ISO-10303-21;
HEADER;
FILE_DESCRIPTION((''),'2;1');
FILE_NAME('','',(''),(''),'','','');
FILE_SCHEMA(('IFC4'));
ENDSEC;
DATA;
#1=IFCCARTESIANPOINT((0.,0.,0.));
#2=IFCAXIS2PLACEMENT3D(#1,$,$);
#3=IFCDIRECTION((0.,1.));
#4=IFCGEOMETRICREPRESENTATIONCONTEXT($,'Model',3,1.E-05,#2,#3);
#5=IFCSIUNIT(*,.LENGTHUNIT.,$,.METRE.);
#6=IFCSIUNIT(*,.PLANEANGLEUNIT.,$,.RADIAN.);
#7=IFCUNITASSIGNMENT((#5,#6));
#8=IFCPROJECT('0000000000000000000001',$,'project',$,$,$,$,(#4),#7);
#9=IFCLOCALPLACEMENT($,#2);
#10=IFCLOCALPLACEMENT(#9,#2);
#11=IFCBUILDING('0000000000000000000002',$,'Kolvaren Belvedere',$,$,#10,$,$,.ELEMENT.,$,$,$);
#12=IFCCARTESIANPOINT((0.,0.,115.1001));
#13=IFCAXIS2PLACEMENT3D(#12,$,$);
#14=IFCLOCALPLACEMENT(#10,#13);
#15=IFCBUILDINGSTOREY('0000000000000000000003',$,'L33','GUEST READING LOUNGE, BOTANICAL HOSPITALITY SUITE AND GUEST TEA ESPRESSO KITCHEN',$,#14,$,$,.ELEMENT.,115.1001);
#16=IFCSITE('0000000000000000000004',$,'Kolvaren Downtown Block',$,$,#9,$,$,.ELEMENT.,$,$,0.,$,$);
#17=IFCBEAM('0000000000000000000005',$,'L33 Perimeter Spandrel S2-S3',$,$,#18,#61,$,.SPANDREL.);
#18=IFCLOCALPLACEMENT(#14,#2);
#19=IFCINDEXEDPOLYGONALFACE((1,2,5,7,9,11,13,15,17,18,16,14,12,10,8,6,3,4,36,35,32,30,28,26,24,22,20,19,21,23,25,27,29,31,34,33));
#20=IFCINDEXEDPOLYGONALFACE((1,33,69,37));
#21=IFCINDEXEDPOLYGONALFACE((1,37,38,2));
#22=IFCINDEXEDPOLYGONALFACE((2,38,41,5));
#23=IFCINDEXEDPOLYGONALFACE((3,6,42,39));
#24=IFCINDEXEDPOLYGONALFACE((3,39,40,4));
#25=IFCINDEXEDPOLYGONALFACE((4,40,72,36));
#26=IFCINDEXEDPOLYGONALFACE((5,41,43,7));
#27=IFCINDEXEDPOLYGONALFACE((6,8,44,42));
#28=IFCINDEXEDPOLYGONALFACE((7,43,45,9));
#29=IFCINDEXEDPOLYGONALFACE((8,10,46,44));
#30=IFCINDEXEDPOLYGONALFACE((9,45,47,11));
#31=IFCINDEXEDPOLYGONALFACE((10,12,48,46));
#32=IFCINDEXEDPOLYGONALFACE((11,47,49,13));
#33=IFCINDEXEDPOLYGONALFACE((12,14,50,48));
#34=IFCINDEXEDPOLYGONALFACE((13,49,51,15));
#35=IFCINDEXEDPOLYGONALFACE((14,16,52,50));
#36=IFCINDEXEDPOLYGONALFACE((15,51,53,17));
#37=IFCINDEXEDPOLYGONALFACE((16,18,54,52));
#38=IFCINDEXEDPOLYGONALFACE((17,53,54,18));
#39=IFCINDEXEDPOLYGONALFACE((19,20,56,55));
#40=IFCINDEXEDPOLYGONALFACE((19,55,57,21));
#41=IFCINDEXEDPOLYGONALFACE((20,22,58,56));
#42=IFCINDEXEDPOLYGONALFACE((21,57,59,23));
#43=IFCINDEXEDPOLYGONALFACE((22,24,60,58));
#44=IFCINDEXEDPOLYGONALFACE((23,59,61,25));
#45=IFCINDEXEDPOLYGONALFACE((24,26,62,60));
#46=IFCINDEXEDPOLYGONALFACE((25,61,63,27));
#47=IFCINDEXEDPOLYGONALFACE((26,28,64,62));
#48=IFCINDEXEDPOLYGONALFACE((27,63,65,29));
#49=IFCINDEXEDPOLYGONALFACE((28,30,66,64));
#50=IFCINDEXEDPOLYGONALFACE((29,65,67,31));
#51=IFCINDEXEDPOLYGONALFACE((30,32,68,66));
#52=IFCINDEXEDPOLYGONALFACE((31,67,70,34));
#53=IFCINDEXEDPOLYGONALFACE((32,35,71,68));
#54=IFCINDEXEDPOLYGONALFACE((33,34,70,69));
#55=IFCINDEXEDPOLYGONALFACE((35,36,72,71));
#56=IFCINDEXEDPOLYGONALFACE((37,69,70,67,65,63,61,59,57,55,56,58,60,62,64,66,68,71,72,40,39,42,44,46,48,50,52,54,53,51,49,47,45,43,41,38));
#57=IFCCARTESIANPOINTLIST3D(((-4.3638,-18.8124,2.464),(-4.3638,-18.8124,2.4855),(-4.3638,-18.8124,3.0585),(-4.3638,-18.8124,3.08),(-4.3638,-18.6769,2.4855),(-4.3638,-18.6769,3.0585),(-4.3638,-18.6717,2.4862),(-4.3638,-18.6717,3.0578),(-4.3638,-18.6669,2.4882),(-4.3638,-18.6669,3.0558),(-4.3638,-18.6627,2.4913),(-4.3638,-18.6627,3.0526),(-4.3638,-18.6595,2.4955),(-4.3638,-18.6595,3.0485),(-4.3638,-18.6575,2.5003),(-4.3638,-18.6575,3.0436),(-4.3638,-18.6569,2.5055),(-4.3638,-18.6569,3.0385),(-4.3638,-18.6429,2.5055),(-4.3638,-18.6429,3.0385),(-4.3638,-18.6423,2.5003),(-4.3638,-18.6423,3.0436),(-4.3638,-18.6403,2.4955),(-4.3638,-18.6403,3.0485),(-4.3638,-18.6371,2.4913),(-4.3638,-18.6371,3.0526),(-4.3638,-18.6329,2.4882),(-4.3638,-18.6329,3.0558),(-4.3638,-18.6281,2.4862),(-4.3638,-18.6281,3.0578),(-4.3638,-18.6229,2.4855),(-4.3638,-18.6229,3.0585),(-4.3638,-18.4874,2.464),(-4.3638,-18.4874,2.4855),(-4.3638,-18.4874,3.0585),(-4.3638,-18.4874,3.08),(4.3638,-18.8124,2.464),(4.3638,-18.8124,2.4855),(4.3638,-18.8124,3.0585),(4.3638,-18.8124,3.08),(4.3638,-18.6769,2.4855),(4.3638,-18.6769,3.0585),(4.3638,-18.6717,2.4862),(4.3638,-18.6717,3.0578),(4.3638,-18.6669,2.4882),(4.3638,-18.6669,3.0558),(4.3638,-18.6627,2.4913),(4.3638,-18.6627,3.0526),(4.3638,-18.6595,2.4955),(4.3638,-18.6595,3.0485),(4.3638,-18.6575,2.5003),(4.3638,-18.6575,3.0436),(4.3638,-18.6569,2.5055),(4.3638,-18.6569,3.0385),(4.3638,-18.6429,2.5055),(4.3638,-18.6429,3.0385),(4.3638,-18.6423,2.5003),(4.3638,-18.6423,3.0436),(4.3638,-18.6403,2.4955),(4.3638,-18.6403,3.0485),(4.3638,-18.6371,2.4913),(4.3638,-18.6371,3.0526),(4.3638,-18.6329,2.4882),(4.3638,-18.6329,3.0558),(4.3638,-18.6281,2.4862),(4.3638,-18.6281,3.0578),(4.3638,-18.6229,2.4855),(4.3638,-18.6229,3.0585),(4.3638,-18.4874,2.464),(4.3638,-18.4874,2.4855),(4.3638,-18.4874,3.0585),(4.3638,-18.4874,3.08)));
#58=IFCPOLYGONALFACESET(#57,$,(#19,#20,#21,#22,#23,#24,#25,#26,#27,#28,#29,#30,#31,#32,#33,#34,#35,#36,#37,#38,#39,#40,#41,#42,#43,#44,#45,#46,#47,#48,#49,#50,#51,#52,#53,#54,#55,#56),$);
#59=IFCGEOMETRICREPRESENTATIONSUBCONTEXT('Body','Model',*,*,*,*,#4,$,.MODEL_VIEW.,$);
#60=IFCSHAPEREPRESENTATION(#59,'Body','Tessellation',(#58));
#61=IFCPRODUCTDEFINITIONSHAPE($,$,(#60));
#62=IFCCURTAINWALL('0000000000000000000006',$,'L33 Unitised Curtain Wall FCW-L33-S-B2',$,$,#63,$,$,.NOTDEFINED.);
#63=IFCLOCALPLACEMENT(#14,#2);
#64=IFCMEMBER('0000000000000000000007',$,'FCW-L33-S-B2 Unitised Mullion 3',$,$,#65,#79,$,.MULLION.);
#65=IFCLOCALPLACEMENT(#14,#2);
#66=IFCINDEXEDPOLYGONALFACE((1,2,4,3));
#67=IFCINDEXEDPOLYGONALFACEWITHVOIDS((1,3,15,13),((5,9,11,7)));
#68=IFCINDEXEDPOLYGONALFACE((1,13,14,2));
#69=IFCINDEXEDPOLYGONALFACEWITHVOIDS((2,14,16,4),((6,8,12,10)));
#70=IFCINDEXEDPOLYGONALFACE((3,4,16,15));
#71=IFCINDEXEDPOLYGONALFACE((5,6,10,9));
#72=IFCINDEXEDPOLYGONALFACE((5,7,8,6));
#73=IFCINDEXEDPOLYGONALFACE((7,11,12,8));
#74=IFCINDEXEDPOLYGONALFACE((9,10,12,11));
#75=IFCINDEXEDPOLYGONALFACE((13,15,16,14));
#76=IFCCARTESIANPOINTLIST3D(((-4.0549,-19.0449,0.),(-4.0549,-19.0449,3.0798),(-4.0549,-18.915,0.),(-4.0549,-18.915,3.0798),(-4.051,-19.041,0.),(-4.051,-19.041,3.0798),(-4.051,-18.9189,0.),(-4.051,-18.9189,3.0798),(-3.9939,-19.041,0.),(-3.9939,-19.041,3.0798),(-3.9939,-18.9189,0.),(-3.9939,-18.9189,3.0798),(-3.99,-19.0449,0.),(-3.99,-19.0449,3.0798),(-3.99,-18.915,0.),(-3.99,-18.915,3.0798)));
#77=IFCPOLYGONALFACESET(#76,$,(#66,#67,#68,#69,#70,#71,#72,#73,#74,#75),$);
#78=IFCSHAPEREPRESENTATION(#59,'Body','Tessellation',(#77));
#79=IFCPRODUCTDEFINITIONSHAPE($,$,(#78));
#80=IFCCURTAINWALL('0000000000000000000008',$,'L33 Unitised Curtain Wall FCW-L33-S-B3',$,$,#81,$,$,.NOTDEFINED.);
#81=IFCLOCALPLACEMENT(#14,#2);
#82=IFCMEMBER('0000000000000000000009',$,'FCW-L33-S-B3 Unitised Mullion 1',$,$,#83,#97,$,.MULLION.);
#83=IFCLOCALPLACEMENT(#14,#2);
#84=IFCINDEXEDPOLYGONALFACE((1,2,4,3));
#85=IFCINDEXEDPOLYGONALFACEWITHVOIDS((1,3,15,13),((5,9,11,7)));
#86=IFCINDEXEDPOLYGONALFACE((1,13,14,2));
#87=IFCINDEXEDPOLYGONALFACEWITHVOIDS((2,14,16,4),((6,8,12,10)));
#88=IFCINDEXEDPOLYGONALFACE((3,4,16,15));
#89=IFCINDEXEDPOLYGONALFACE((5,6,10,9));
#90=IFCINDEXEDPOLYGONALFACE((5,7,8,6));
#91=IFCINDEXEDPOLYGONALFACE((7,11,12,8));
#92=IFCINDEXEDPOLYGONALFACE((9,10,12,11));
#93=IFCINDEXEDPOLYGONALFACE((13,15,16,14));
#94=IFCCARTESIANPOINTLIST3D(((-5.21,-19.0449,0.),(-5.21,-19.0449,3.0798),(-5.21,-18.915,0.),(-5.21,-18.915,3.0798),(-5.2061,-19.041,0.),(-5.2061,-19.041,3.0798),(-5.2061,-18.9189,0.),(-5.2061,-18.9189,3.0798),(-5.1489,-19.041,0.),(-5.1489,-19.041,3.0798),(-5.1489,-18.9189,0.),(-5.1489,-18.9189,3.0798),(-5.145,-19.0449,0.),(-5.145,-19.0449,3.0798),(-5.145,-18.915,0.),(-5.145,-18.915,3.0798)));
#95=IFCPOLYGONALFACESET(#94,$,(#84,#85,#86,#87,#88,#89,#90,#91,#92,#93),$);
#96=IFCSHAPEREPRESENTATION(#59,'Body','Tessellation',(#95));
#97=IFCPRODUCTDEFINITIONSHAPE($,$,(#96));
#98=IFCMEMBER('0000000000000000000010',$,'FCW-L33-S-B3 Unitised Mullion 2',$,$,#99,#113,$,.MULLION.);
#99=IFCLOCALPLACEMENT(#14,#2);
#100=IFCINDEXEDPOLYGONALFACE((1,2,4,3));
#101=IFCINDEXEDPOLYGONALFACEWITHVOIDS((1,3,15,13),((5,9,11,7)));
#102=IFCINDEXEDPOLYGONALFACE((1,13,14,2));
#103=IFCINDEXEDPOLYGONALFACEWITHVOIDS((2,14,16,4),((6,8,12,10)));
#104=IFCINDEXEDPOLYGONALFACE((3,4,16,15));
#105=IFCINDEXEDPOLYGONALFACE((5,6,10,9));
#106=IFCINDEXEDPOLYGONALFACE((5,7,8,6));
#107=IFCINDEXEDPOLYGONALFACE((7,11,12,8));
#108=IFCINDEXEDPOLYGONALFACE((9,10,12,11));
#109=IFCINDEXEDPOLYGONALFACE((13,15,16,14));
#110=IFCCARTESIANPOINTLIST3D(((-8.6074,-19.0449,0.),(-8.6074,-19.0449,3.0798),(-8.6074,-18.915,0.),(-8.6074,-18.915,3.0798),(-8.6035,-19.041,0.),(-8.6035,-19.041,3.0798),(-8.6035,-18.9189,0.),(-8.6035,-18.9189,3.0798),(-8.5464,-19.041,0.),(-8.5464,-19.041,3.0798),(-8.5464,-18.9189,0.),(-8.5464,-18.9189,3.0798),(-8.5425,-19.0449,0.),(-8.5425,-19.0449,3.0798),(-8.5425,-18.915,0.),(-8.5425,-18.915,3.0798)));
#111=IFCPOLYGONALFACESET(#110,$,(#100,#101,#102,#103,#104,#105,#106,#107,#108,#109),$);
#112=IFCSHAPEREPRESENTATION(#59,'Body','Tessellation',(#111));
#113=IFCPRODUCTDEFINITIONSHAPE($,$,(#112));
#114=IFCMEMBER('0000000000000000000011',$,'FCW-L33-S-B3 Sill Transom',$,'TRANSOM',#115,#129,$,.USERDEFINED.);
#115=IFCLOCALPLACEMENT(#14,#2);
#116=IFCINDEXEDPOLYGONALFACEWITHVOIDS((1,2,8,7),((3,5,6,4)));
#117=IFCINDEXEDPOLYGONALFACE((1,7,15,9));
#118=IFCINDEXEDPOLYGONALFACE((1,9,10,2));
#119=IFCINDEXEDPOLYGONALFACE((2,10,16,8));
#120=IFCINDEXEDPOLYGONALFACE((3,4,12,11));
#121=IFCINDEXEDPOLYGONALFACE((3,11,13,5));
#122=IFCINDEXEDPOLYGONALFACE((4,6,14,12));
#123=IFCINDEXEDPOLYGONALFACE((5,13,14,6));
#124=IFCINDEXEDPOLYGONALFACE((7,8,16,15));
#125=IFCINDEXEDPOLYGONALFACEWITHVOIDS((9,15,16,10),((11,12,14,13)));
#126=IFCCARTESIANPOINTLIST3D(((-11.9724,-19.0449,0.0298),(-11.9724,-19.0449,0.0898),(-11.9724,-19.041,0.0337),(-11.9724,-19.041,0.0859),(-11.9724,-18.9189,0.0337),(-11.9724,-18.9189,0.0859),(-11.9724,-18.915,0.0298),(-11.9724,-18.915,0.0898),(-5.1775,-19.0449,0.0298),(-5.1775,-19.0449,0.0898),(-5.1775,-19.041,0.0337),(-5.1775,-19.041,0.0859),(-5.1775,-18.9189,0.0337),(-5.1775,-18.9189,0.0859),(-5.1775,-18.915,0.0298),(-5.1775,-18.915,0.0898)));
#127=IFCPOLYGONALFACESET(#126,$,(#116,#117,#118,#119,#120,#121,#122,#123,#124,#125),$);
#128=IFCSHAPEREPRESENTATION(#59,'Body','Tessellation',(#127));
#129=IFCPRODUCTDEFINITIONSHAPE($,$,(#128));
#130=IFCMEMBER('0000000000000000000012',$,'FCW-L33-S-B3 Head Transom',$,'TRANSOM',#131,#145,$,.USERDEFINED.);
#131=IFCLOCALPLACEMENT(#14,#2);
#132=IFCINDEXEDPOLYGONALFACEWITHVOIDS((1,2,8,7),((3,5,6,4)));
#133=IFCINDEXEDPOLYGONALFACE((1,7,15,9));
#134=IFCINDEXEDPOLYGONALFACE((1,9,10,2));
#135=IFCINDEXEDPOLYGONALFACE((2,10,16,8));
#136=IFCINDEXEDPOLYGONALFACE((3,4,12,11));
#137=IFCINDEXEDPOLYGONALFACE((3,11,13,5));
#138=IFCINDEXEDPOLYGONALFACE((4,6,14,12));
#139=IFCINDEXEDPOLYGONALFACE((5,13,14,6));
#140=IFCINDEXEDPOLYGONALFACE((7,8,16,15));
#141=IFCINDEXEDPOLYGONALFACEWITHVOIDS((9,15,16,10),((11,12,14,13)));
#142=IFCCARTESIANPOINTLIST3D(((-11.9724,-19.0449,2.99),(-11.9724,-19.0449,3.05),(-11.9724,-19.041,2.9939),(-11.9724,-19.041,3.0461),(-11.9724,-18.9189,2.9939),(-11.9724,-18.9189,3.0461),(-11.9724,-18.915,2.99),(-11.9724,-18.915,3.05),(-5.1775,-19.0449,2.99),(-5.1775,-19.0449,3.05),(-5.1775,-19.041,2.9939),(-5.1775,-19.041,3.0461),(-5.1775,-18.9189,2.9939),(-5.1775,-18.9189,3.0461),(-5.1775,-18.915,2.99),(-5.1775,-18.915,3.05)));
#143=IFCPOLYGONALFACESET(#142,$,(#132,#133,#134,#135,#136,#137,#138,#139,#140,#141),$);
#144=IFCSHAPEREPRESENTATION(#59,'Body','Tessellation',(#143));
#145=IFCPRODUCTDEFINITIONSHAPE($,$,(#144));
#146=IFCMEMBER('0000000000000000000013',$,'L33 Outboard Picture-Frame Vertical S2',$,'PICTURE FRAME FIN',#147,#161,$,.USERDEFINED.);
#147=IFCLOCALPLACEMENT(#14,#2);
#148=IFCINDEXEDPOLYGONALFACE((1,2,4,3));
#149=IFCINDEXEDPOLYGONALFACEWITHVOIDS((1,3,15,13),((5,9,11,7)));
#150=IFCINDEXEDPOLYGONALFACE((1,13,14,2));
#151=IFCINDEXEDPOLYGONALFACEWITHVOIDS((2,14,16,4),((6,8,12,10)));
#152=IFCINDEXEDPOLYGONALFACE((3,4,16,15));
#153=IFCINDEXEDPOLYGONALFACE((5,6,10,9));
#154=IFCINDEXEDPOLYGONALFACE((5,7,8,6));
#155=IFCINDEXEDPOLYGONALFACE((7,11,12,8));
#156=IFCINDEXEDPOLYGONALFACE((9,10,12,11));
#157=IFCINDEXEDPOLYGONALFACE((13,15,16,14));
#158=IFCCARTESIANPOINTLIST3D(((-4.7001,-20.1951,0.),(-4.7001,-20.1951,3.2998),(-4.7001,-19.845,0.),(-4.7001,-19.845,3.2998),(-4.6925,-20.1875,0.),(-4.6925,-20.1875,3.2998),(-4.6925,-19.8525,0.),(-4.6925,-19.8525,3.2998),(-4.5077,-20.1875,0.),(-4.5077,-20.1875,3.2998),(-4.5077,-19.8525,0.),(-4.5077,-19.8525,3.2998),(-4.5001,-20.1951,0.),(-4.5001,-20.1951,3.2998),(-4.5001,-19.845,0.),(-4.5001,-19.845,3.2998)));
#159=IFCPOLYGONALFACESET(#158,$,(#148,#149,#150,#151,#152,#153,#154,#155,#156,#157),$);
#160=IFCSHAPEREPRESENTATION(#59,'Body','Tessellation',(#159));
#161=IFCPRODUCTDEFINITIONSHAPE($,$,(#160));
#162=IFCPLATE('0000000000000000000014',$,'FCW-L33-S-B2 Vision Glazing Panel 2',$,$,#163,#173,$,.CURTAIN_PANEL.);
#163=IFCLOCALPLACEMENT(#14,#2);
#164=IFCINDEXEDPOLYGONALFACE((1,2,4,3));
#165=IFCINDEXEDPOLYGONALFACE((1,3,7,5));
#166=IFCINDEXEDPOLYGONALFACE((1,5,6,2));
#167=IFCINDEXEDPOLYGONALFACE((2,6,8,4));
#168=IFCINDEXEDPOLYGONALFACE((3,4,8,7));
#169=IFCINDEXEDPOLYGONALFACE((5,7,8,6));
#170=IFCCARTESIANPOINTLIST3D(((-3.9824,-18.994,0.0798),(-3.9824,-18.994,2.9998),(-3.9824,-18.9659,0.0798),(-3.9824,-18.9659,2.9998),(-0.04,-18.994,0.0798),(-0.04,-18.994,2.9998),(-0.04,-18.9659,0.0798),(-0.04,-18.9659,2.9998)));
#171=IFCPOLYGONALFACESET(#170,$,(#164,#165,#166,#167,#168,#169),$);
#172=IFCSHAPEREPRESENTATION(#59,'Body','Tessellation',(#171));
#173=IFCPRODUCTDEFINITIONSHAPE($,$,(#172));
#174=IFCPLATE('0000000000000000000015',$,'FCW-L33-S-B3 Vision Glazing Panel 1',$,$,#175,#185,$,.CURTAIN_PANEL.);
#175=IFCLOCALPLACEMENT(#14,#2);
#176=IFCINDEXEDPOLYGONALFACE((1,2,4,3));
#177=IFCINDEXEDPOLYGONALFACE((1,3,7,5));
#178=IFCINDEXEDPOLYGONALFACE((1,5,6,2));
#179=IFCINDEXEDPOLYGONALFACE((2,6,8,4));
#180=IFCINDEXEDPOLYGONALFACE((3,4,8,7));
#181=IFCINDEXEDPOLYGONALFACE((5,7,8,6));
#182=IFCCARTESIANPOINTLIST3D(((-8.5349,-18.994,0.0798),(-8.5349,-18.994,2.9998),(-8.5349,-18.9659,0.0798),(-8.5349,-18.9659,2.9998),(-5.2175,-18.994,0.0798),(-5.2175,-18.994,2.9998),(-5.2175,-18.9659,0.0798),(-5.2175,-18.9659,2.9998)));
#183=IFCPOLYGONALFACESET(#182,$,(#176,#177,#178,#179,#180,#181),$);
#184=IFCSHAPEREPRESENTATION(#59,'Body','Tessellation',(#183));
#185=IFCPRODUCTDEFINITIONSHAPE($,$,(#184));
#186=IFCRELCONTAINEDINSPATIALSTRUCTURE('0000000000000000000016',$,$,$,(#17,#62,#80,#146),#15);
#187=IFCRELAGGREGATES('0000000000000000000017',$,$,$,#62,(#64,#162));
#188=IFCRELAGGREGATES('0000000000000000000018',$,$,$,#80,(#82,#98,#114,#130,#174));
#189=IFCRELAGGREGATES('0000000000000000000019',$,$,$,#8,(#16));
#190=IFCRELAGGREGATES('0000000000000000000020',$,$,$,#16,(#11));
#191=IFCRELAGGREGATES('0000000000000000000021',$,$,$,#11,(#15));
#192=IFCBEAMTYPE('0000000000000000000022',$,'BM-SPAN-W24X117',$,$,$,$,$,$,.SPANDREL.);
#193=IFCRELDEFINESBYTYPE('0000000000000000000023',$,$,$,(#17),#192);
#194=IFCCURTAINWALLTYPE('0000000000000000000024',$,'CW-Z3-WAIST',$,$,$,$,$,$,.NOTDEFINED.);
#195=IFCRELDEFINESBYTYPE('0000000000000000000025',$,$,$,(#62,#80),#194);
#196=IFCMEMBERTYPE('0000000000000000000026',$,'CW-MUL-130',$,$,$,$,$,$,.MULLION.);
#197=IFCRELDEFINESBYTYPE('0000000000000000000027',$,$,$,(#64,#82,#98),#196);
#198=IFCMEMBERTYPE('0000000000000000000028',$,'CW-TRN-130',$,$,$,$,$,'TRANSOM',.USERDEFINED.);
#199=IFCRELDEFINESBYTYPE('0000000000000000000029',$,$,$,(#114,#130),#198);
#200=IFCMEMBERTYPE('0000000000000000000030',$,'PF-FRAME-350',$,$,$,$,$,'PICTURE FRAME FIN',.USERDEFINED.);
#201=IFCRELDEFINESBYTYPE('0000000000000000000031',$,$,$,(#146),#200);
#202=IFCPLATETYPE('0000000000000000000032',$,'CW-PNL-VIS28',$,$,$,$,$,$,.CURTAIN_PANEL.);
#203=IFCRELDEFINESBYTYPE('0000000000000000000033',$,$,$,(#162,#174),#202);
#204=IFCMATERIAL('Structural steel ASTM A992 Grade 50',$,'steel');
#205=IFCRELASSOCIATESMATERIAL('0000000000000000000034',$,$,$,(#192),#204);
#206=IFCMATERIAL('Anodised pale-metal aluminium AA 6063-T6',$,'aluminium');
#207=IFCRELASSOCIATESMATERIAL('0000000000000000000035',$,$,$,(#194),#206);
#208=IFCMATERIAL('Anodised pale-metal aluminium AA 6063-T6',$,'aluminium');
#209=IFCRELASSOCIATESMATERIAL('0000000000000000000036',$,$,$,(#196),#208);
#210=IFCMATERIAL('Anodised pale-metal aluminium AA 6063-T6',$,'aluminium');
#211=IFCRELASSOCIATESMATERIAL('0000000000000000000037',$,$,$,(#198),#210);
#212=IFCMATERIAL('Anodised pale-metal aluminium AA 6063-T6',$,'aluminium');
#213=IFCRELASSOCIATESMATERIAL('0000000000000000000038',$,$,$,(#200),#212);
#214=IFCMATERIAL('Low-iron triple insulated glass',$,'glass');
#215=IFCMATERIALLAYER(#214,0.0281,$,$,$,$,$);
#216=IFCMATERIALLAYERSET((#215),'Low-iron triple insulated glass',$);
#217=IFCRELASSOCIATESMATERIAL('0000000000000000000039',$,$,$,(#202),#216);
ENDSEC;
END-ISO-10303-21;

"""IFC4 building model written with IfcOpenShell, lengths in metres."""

from ifc_helpers import new_model, si_unit, direction, frame, origin, origin_2d, place, context, subcontext, project, spatial, rectangle, hollow_rectangle, i_section, extrude, material, layer, layer_set, material_profile, profile_set, type_object, element, aggregate, save


model = new_model("IFC4")

# Units and contexts
model_context = context("Model", 3, precision=1e-05, world=origin(), true_north=direction((0.0, 1.0)))
body_context = subcontext(model_context, "Body", "Model", "MODEL_VIEW")
ifc_project = project(units=[si_unit("LENGTHUNIT", "METRE"), si_unit("PLANEANGLEUNIT", "RADIAN")], contexts=[model_context])

# Site, building, storey
site_placement = place(None, origin())
site = spatial("IfcSite", under=ifc_project, at=site_placement, Name="Kolvaren Downtown Block", CompositionType="ELEMENT", RefElevation=0.0)
building_placement = place(site_placement, origin())
building = spatial("IfcBuilding", under=site, at=building_placement, Name="Kolvaren Belvedere", CompositionType="ELEMENT")
storey_placement = place(building_placement, frame((0.0, 0.0, 115.1001)))
storey = spatial("IfcBuildingStorey", under=building, at=storey_placement, Name="L33", Description="GUEST READING LOUNGE, BOTANICAL HOSPITALITY SUITE AND GUEST TEA ESPRESSO KITCHEN", CompositionType="ELEMENT", Elevation=115.1001)

# Beam
ifc_material_1 = material(Name="Structural steel ASTM A992 Grade 50", Category="steel")
ifc_material_profile_1 = material_profile(ifc_material_1, i_section(OverallWidth=0.325, OverallDepth=0.616, WebThickness=0.0139, FlangeThickness=0.0215, FilletRadius=0.02, at=origin_2d()), Name="W24X117")
ifc_profile_set_1 = profile_set([ifc_material_profile_1], Name="Structural steel ASTM A992 Grade 50")
beam_type_1 = type_object("IfcBeamType", Name="BM-SPAN-W24X117", PredefinedType="SPANDREL", material=ifc_profile_set_1)
beam_1_placement = place(storey_placement, frame((-4.3638, -18.6499, 2.772), z_axis=(1.0, 0.0, 0.0), x_axis=(0.0, 1.0, 0.0)))
element("IfcBeam", 1, at=beam_1_placement, inside=storey, type_object=beam_type_1, Name="L33 Perimeter Spandrel S2-S3", PredefinedType="SPANDREL", context=body_context, shape_type="SweptSolid", body=[
    extrude(i_section(OverallWidth=0.325, OverallDepth=0.616, WebThickness=0.0139, FlangeThickness=0.0215, FilletRadius=0.02, at=origin_2d()), origin(), (0.0, 0.0, 1.0), 8.7275),
])

# Curtain wall, member
ifc_material_2 = material(Name="Anodised pale-metal aluminium AA 6063-T6", Category="aluminium")
curtain_wall_type = type_object("IfcCurtainWallType", Name="CW-Z3-WAIST", PredefinedType="NOTDEFINED", material=ifc_material_2)
curtain_wall_1_placement = place(storey_placement, origin())
curtain_wall_1 = element("IfcCurtainWall", 2, at=curtain_wall_1_placement, inside=storey, type_object=curtain_wall_type, Name="L33 Unitised Curtain Wall FCW-L33-S-B2", PredefinedType="NOTDEFINED")
ifc_material_3 = material(Name="Anodised pale-metal aluminium AA 6063-T6", Category="aluminium")
ifc_material_profile_2 = material_profile(ifc_material_3, hollow_rectangle(XDim=0.0649, YDim=0.1299, WallThickness=0.0039, at=origin_2d()), Name="ALU-MUL-130X65")
ifc_profile_set_2 = profile_set([ifc_material_profile_2], Name="Anodised pale-metal aluminium AA 6063-T6")
member_type_1 = type_object("IfcMemberType", Name="CW-MUL-130", PredefinedType="MULLION", material=ifc_profile_set_2)
member_1_placement = place(storey_placement, frame((-4.0225, -18.98, 0.0), z_axis=(0.0, 0.0, 1.0), x_axis=(1.0, 0.0, 0.0)))
member_1 = element("IfcMember", 3, at=member_1_placement, type_object=member_type_1, Name="FCW-L33-S-B2 Unitised Mullion 3", PredefinedType="MULLION", context=body_context, shape_type="SweptSolid", body=[
    extrude(hollow_rectangle(XDim=0.0649, YDim=0.1299, WallThickness=0.0039, at=origin_2d()), origin(), (0.0, 0.0, 1.0), 3.0798),
])

# Curtain wall, members
curtain_wall_2_placement = place(storey_placement, origin())
curtain_wall_2 = element("IfcCurtainWall", 4, at=curtain_wall_2_placement, inside=storey, type_object=curtain_wall_type, Name="L33 Unitised Curtain Wall FCW-L33-S-B3", PredefinedType="NOTDEFINED")
member_2_placement = place(storey_placement, frame((-5.1775, -18.98, 0.0), z_axis=(0.0, 0.0, 1.0), x_axis=(1.0, 0.0, 0.0)))
member_2 = element("IfcMember", 5, at=member_2_placement, type_object=member_type_1, Name="FCW-L33-S-B3 Unitised Mullion 1", PredefinedType="MULLION", context=body_context, shape_type="SweptSolid", body=[
    extrude(hollow_rectangle(XDim=0.0649, YDim=0.1299, WallThickness=0.0039, at=origin_2d()), origin(), (0.0, 0.0, 1.0), 3.0798),
])
member_3_placement = place(storey_placement, frame((-8.575, -18.98, 0.0), z_axis=(0.0, 0.0, 1.0), x_axis=(1.0, 0.0, 0.0)))
member_3 = element("IfcMember", 6, at=member_3_placement, type_object=member_type_1, Name="FCW-L33-S-B3 Unitised Mullion 2", PredefinedType="MULLION", context=body_context, shape_type="SweptSolid", body=[
    extrude(hollow_rectangle(XDim=0.0649, YDim=0.1299, WallThickness=0.0039, at=origin_2d()), origin(), (0.0, 0.0, 1.0), 3.0798),
])
ifc_material_4 = material(Name="Anodised pale-metal aluminium AA 6063-T6", Category="aluminium")
ifc_material_profile_3 = material_profile(ifc_material_4, hollow_rectangle(XDim=0.0601, YDim=0.1299, WallThickness=0.0039, at=origin_2d()), Name="ALU-TRN-130X60")
ifc_profile_set_3 = profile_set([ifc_material_profile_3], Name="Anodised pale-metal aluminium AA 6063-T6")
member_type_2 = type_object("IfcMemberType", Name="CW-TRN-130", ElementType="TRANSOM", PredefinedType="USERDEFINED", material=ifc_profile_set_3)
member_4_placement = place(storey_placement, frame((-5.1775, -18.98, 0.0598), z_axis=(-1.0, 0.0, 0.0), x_axis=(0.0, 0.0, 1.0)))
member_4 = element("IfcMember", 7, at=member_4_placement, type_object=member_type_2, Name="FCW-L33-S-B3 Sill Transom", ObjectType="TRANSOM", PredefinedType="USERDEFINED", context=body_context, shape_type="SweptSolid", body=[
    extrude(hollow_rectangle(XDim=0.0601, YDim=0.1299, WallThickness=0.0039, at=origin_2d()), origin(), (0.0, 0.0, 1.0), 6.7949),
])
member_5_placement = place(storey_placement, frame((-5.1775, -18.98, 3.02), z_axis=(-1.0, 0.0, 0.0), x_axis=(0.0, 0.0, 1.0)))
member_5 = element("IfcMember", 8, at=member_5_placement, type_object=member_type_2, Name="FCW-L33-S-B3 Head Transom", ObjectType="TRANSOM", PredefinedType="USERDEFINED", context=body_context, shape_type="SweptSolid", body=[
    extrude(hollow_rectangle(XDim=0.0601, YDim=0.1299, WallThickness=0.0039, at=origin_2d()), origin(), (0.0, 0.0, 1.0), 6.7949),
])

# Member
ifc_material_5 = material(Name="Anodised pale-metal aluminium AA 6063-T6", Category="aluminium")
ifc_material_profile_4 = material_profile(ifc_material_5, hollow_rectangle(XDim=0.2, YDim=0.3501, WallThickness=0.0076, at=origin_2d()), Name="ALU-PF-350X200")
ifc_profile_set_4 = profile_set([ifc_material_profile_4], Name="Anodised pale-metal aluminium AA 6063-T6")
member_type_3 = type_object("IfcMemberType", Name="PF-FRAME-350", ElementType="PICTURE FRAME FIN", PredefinedType="USERDEFINED", material=ifc_profile_set_4)
member_6_placement = place(storey_placement, frame((-4.6001, -20.02, 0.0), z_axis=(0.0, 0.0, 1.0), x_axis=(1.0, 0.0, 0.0)))
element("IfcMember", 9, at=member_6_placement, inside=storey, type_object=member_type_3, Name="L33 Outboard Picture-Frame Vertical S2", ObjectType="PICTURE FRAME FIN", PredefinedType="USERDEFINED", context=body_context, shape_type="SweptSolid", body=[
    extrude(hollow_rectangle(XDim=0.2, YDim=0.3501, WallThickness=0.0076, at=origin_2d()), origin(), (0.0, 0.0, 1.0), 3.2998),
])

# Plates
ifc_material_6 = material(Name="Low-iron triple insulated glass", Category="glass")
ifc_layer_1 = layer(ifc_material_6, 0.0281)
ifc_layer_set_1 = layer_set([ifc_layer_1], Name="Low-iron triple insulated glass")
plate_type_1 = type_object("IfcPlateType", Name="CW-PNL-VIS28", PredefinedType="CURTAIN_PANEL", material=ifc_layer_set_1)
plate_1_placement = place(storey_placement, frame((-2.0112, -18.98, 0.0798), z_axis=(0.0, 0.0, 1.0), x_axis=(-1.0, 0.0, 0.0)))
plate_1 = element("IfcPlate", 10, at=plate_1_placement, type_object=plate_type_1, Name="FCW-L33-S-B2 Vision Glazing Panel 2", PredefinedType="CURTAIN_PANEL", context=body_context, shape_type="SweptSolid", body=[
    extrude(rectangle(XDim=3.9424, YDim=0.0281, at=origin_2d()), origin(), (0.0, 0.0, 1.0), 2.9199),
])
aggregate(curtain_wall_1, [member_1, plate_1])
plate_2_placement = place(storey_placement, frame((-6.8762, -18.98, 0.0798), z_axis=(0.0, 0.0, 1.0), x_axis=(-1.0, 0.0, 0.0)))
plate_2 = element("IfcPlate", 11, at=plate_2_placement, type_object=plate_type_1, Name="FCW-L33-S-B3 Vision Glazing Panel 1", PredefinedType="CURTAIN_PANEL", context=body_context, shape_type="SweptSolid", body=[
    extrude(rectangle(XDim=3.3174, YDim=0.0281, at=origin_2d()), origin(), (0.0, 0.0, 1.0), 2.9199),
])
aggregate(curtain_wall_2, [member_2, member_3, member_4, member_5, plate_2])

save(model, "model.ifc")
